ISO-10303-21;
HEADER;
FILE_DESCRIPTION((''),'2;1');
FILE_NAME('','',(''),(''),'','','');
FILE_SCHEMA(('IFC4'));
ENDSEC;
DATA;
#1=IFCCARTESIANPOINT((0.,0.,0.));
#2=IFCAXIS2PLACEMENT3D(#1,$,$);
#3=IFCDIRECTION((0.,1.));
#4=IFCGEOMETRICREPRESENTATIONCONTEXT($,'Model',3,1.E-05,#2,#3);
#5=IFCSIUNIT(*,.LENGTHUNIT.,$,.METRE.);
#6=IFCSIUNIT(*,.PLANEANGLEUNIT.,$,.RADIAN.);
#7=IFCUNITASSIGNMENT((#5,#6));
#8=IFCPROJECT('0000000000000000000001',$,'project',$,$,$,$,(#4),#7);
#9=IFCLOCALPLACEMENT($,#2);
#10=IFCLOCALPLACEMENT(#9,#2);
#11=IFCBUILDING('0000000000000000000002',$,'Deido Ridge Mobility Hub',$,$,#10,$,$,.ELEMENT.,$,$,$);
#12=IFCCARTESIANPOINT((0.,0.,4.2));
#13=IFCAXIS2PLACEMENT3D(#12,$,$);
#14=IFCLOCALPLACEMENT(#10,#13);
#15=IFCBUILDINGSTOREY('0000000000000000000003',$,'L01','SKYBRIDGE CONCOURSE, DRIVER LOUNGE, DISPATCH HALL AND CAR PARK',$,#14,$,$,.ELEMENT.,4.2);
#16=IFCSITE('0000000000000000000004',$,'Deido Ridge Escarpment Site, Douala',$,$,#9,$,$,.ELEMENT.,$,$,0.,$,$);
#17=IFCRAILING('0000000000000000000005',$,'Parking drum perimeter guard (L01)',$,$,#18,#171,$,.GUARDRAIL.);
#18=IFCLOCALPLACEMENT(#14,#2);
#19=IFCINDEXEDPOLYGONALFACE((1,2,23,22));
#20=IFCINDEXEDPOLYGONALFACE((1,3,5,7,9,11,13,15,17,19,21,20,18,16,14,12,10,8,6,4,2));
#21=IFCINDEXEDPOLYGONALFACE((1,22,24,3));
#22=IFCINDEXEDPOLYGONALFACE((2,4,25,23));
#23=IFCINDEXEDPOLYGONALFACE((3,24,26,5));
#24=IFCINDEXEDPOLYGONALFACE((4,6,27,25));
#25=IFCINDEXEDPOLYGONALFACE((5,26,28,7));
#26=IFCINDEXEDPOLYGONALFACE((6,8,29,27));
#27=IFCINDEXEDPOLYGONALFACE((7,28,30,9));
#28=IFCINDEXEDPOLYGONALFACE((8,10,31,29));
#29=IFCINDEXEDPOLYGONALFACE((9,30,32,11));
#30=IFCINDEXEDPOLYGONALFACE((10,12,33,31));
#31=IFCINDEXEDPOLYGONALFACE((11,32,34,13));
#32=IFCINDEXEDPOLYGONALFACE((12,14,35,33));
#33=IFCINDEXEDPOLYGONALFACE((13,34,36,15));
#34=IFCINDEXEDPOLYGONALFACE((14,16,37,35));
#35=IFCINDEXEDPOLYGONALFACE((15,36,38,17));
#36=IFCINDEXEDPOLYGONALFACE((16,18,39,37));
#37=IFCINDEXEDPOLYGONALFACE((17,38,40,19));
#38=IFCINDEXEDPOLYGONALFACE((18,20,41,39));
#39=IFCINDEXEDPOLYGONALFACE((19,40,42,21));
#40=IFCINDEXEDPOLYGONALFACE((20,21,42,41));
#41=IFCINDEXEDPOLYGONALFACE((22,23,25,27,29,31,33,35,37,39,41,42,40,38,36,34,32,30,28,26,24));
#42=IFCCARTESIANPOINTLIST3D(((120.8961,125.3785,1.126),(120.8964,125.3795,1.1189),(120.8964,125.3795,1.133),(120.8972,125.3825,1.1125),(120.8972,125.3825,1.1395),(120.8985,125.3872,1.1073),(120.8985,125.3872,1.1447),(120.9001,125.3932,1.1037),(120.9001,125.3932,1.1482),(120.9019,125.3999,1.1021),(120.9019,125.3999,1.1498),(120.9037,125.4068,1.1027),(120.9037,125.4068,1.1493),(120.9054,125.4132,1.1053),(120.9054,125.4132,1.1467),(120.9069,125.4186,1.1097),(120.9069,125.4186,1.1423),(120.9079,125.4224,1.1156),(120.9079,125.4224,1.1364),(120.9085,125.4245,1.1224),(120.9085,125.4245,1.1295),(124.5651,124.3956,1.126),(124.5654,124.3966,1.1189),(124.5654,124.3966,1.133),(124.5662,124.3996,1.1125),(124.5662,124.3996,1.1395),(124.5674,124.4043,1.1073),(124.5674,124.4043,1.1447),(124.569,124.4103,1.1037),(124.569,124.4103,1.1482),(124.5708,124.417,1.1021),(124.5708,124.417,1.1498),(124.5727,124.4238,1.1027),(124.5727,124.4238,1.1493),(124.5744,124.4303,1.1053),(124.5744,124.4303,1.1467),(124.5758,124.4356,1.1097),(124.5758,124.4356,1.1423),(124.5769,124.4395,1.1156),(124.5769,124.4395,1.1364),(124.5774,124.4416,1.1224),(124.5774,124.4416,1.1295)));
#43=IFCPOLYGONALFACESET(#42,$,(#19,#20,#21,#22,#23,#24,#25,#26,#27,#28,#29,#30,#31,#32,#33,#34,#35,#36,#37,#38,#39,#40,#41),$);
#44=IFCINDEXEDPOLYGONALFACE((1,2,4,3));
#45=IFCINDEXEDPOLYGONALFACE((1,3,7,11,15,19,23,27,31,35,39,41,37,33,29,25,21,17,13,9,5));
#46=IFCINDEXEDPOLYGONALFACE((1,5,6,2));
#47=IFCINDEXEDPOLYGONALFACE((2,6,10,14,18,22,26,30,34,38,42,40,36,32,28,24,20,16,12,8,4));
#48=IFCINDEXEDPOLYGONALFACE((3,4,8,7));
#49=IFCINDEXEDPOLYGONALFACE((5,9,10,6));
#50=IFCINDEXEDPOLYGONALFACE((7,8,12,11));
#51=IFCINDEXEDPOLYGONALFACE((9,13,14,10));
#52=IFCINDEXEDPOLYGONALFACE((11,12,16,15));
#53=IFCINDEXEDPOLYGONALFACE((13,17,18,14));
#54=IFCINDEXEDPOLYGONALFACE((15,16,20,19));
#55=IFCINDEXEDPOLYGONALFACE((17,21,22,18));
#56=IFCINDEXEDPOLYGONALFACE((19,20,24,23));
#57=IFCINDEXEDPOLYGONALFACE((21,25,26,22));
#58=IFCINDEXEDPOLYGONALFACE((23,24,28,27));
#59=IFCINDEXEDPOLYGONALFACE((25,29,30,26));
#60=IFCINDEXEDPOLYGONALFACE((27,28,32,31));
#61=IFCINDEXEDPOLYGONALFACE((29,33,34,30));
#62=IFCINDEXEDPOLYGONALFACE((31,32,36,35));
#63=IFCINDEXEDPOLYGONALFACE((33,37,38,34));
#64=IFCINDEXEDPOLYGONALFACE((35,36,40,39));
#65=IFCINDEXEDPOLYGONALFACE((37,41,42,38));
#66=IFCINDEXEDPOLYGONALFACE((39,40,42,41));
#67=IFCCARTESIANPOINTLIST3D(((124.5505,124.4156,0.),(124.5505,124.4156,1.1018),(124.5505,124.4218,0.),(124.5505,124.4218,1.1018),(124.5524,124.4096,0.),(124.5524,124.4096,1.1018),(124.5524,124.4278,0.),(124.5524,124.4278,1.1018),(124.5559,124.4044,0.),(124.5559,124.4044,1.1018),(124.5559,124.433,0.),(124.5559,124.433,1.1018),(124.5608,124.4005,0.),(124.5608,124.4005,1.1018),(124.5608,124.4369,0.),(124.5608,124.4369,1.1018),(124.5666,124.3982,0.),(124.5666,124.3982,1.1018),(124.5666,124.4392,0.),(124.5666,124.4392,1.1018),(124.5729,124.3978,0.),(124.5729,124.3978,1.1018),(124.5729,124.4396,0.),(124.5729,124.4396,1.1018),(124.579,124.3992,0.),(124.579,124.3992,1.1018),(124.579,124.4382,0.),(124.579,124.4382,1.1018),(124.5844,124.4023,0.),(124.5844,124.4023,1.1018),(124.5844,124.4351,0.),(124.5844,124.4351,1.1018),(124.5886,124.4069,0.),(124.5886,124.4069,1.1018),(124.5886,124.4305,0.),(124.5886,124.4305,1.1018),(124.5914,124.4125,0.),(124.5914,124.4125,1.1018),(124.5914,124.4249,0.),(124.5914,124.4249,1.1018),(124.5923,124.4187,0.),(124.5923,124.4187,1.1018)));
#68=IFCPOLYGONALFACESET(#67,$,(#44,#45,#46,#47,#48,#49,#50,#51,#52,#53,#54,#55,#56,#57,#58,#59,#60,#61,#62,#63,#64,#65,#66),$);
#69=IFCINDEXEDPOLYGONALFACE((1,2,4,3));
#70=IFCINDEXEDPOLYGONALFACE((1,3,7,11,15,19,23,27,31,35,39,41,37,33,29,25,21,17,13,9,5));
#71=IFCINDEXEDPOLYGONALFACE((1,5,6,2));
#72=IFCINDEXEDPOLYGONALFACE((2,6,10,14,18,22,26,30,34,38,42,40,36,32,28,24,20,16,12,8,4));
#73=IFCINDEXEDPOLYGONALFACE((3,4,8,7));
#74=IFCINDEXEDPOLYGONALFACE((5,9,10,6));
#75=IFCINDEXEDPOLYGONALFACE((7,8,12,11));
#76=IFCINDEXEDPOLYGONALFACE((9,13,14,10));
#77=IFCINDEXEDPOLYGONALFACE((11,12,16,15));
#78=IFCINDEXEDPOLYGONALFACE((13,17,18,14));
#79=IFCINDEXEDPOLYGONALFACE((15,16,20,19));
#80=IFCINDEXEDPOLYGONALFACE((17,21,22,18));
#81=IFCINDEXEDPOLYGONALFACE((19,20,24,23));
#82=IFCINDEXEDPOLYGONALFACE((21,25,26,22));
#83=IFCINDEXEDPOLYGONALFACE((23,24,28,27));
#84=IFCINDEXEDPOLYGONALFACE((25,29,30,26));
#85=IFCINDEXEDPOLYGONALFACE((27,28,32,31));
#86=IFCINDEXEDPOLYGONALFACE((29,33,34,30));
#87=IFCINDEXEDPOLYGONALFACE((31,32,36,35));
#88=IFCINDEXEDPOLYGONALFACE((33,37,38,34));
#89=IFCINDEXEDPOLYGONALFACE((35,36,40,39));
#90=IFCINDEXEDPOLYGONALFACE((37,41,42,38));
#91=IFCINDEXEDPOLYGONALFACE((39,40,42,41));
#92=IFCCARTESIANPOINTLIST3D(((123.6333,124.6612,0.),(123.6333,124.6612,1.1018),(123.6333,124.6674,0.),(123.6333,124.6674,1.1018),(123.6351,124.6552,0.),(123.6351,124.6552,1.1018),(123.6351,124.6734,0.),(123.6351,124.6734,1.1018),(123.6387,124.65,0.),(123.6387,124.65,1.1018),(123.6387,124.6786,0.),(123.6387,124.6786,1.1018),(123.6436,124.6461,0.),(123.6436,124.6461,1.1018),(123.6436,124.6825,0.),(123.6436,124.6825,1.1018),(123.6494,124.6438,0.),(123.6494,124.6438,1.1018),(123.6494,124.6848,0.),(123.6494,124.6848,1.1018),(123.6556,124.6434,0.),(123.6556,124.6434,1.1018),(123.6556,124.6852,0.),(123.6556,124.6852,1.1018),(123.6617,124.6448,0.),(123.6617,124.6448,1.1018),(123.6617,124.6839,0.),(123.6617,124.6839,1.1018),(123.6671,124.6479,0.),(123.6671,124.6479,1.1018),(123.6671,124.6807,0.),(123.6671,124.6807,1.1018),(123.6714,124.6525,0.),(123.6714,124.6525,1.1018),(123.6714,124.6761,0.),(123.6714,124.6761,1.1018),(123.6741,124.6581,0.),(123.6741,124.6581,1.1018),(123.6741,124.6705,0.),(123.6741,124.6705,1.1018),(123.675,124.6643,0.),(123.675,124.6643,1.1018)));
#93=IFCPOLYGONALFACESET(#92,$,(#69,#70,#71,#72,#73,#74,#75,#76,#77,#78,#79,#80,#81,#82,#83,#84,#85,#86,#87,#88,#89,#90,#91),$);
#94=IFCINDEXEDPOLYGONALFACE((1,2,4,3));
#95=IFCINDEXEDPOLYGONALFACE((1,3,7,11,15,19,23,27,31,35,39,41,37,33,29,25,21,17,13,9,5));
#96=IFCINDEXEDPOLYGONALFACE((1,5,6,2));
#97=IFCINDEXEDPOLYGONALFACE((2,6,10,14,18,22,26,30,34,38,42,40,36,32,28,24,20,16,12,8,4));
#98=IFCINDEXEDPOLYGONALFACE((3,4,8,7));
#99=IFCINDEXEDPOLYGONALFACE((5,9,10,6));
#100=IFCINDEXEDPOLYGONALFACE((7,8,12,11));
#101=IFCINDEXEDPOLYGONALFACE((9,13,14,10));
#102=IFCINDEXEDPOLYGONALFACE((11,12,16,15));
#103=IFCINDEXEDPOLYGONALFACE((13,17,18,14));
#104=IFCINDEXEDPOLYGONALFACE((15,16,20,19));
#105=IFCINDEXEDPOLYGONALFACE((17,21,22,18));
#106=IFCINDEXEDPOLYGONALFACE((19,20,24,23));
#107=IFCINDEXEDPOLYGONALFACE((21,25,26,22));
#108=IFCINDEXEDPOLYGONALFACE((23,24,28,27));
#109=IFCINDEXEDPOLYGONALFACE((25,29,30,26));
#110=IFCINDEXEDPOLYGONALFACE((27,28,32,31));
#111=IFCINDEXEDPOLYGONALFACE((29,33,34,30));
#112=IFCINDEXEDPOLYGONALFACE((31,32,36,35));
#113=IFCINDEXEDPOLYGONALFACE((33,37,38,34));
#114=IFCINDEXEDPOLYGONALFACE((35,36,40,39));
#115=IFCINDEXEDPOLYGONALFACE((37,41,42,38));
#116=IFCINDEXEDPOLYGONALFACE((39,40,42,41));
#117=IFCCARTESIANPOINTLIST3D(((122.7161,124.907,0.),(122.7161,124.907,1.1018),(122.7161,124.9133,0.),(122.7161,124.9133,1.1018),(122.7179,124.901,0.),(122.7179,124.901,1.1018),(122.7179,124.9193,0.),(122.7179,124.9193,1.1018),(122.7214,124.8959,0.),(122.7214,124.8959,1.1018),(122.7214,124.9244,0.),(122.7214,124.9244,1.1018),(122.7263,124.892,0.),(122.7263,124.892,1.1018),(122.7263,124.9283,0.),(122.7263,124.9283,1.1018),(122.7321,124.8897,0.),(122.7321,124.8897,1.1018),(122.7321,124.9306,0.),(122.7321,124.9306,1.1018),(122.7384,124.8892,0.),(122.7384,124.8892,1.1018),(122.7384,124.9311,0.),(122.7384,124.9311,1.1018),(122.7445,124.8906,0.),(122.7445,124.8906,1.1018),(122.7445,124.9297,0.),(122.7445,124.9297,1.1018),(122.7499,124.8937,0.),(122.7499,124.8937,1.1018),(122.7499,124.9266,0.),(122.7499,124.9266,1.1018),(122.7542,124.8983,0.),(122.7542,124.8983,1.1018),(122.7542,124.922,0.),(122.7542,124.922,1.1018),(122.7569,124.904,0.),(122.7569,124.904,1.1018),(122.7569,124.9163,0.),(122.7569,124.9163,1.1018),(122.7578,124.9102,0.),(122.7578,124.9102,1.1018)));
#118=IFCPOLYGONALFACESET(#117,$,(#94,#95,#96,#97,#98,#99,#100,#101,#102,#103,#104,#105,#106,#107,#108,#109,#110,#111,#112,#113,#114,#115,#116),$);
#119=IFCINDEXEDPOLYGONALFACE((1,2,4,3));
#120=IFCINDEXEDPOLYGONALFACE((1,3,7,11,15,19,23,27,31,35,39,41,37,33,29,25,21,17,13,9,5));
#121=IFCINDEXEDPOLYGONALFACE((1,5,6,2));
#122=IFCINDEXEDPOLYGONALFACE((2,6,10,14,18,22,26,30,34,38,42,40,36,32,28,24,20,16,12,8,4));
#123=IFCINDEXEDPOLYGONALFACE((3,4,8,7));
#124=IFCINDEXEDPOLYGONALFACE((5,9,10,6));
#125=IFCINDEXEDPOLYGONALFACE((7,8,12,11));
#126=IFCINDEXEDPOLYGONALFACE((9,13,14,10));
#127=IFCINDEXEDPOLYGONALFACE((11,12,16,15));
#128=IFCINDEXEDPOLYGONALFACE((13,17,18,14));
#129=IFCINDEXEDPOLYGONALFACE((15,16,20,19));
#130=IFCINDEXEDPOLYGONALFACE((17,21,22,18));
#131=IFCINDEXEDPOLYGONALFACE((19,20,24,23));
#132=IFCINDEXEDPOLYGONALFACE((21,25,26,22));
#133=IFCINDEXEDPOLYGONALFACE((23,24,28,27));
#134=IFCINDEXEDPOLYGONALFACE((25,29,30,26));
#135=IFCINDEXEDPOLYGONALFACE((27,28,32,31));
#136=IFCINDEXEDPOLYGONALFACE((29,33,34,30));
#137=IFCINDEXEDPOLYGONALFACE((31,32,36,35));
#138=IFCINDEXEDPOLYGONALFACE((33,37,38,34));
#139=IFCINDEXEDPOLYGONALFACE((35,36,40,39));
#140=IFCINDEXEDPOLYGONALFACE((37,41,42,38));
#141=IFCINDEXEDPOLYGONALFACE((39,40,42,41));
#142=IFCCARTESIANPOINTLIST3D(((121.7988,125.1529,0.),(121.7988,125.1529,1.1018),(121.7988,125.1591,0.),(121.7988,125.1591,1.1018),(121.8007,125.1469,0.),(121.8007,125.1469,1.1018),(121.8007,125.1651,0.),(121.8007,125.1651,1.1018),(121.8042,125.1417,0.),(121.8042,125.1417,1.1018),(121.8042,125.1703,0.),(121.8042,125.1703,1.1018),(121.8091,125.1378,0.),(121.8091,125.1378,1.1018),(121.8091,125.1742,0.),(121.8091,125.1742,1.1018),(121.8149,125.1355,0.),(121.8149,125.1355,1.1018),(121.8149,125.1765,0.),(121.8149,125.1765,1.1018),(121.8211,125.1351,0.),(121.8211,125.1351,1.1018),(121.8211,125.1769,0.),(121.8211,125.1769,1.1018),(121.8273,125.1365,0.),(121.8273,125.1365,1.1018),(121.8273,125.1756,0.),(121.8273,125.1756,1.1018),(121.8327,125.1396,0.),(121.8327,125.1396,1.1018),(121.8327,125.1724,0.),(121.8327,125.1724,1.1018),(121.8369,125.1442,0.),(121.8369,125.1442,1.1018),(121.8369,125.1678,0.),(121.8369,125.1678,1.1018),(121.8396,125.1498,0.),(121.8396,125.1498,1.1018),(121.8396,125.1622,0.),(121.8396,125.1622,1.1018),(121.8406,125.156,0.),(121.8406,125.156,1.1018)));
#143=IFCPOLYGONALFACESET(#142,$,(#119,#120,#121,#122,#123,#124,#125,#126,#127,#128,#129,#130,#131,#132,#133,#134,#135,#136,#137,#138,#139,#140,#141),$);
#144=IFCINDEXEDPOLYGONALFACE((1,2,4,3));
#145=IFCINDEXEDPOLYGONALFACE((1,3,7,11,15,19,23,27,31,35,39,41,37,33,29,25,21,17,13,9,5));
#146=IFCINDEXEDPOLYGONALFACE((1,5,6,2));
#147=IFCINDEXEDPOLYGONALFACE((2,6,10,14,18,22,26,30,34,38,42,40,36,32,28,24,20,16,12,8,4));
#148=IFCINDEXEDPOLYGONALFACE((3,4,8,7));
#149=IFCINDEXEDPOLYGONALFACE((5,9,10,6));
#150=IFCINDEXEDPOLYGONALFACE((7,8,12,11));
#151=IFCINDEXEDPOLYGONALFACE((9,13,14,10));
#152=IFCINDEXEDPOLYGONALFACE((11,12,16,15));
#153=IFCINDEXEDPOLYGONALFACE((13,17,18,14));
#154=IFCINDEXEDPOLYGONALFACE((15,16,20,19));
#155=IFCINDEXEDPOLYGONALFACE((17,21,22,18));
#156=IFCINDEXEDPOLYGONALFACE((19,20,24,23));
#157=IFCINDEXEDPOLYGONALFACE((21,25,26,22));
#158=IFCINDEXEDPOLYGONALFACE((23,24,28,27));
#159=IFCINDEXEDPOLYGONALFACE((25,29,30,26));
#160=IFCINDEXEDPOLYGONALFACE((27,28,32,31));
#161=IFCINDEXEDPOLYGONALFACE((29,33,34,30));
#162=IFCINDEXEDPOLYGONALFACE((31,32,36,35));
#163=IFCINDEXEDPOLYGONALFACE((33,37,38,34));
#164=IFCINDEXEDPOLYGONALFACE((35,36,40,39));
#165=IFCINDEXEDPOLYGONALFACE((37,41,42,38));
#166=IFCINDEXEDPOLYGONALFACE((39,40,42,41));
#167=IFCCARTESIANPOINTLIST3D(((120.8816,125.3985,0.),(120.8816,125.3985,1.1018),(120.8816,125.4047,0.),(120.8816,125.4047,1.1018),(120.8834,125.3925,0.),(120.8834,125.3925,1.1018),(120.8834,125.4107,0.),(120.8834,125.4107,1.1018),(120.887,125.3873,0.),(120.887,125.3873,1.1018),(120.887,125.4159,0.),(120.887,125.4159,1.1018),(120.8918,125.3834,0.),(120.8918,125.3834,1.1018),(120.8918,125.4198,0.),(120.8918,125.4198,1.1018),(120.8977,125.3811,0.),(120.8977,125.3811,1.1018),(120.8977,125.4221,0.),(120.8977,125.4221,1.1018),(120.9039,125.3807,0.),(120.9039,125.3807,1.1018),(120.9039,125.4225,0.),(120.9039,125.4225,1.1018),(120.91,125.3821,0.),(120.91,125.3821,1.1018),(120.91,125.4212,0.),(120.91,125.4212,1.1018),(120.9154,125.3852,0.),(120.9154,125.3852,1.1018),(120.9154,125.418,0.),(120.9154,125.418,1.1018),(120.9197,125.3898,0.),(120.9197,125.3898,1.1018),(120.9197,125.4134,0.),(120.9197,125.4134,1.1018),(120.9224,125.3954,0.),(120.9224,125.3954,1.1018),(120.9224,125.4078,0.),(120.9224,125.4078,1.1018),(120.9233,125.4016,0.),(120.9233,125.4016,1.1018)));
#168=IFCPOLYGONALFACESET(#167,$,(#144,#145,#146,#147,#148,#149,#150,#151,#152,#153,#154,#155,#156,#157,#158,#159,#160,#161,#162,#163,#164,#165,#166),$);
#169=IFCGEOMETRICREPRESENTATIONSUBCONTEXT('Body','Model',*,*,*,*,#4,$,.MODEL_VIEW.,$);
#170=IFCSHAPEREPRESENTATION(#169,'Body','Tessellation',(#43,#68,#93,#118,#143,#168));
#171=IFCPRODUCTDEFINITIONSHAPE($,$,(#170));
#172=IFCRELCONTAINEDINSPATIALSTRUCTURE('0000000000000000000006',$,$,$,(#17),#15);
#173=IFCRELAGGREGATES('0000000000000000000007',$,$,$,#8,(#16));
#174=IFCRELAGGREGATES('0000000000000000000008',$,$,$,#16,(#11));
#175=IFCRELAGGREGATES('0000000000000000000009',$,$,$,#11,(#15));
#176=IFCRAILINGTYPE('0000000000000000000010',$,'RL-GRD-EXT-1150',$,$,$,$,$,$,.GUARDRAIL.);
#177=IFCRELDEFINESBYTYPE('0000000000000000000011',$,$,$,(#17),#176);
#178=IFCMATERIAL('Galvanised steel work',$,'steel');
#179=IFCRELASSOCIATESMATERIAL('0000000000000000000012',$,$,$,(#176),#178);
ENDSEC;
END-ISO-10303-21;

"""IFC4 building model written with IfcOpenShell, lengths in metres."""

from ifc_helpers import new_model, si_unit, direction, frame, origin, origin_2d, place, context, subcontext, project, spatial, circle, extrude, material, type_object, element, save


model = new_model("IFC4")

# Units and contexts
model_context = context("Model", 3, precision=1e-05, world=origin(), true_north=direction((0.0, 1.0)))
body_context = subcontext(model_context, "Body", "Model", "MODEL_VIEW")
ifc_project = project(units=[si_unit("LENGTHUNIT", "METRE"), si_unit("PLANEANGLEUNIT", "RADIAN")], contexts=[model_context])

# Site, building, storey
site_placement = place(None, origin())
site = spatial("IfcSite", under=ifc_project, at=site_placement, Name="Deido Ridge Escarpment Site, Douala", CompositionType="ELEMENT", RefElevation=0.0)
building_placement = place(site_placement, origin())
building = spatial("IfcBuilding", under=site, at=building_placement, Name="Deido Ridge Mobility Hub", CompositionType="ELEMENT")
storey_placement = place(building_placement, frame((0.0, 0.0, 4.2)))
storey = spatial("IfcBuildingStorey", under=building, at=storey_placement, Name="L01", Description="SKYBRIDGE CONCOURSE, DRIVER LOUNGE, DISPATCH HALL AND CAR PARK", CompositionType="ELEMENT", Elevation=4.2)

# Railing
ifc_material_1 = material(Name="Galvanised steel work", Category="steel")
railing_type = type_object("IfcRailingType", Name="RL-GRD-EXT-1150", PredefinedType="GUARDRAIL", material=ifc_material_1)
railing_1_placement = place(storey_placement, frame((124.5713, 124.4187, 0.0)))
element("IfcRailing", 1, at=railing_1_placement, inside=storey, type_object=railing_type, Name="Parking drum perimeter guard (L01)", PredefinedType="GUARDRAIL", context=body_context, shape_type="SweptSolid", body=[
    extrude(circle(Radius=0.0239, at=origin_2d()), frame((0.0, 0.0, 1.126), z_axis=(-0.965938, 0.258775, 0.0), x_axis=(-0.258775, -0.965938, 0.0)), (0.0, 0.0, 1.0), 3.7983),
    extrude(circle(Radius=0.021, at=origin_2d()), origin(), (0.0, 0.0, 1.0), 1.1018),
    extrude(circle(Radius=0.021, at=origin_2d()), frame((-0.9172, 0.2456, 0.0)), (0.0, 0.0, 1.0), 1.1018),
    extrude(circle(Radius=0.021, at=origin_2d()), frame((-1.8345, 0.4915, 0.0)), (0.0, 0.0, 1.0), 1.1018),
    extrude(circle(Radius=0.021, at=origin_2d()), frame((-2.7517, 0.7373, 0.0)), (0.0, 0.0, 1.0), 1.1018),
    extrude(circle(Radius=0.021, at=origin_2d()), frame((-3.6689, 0.9829, 0.0)), (0.0, 0.0, 1.0), 1.1018),
])

save(model, "model.ifc")
